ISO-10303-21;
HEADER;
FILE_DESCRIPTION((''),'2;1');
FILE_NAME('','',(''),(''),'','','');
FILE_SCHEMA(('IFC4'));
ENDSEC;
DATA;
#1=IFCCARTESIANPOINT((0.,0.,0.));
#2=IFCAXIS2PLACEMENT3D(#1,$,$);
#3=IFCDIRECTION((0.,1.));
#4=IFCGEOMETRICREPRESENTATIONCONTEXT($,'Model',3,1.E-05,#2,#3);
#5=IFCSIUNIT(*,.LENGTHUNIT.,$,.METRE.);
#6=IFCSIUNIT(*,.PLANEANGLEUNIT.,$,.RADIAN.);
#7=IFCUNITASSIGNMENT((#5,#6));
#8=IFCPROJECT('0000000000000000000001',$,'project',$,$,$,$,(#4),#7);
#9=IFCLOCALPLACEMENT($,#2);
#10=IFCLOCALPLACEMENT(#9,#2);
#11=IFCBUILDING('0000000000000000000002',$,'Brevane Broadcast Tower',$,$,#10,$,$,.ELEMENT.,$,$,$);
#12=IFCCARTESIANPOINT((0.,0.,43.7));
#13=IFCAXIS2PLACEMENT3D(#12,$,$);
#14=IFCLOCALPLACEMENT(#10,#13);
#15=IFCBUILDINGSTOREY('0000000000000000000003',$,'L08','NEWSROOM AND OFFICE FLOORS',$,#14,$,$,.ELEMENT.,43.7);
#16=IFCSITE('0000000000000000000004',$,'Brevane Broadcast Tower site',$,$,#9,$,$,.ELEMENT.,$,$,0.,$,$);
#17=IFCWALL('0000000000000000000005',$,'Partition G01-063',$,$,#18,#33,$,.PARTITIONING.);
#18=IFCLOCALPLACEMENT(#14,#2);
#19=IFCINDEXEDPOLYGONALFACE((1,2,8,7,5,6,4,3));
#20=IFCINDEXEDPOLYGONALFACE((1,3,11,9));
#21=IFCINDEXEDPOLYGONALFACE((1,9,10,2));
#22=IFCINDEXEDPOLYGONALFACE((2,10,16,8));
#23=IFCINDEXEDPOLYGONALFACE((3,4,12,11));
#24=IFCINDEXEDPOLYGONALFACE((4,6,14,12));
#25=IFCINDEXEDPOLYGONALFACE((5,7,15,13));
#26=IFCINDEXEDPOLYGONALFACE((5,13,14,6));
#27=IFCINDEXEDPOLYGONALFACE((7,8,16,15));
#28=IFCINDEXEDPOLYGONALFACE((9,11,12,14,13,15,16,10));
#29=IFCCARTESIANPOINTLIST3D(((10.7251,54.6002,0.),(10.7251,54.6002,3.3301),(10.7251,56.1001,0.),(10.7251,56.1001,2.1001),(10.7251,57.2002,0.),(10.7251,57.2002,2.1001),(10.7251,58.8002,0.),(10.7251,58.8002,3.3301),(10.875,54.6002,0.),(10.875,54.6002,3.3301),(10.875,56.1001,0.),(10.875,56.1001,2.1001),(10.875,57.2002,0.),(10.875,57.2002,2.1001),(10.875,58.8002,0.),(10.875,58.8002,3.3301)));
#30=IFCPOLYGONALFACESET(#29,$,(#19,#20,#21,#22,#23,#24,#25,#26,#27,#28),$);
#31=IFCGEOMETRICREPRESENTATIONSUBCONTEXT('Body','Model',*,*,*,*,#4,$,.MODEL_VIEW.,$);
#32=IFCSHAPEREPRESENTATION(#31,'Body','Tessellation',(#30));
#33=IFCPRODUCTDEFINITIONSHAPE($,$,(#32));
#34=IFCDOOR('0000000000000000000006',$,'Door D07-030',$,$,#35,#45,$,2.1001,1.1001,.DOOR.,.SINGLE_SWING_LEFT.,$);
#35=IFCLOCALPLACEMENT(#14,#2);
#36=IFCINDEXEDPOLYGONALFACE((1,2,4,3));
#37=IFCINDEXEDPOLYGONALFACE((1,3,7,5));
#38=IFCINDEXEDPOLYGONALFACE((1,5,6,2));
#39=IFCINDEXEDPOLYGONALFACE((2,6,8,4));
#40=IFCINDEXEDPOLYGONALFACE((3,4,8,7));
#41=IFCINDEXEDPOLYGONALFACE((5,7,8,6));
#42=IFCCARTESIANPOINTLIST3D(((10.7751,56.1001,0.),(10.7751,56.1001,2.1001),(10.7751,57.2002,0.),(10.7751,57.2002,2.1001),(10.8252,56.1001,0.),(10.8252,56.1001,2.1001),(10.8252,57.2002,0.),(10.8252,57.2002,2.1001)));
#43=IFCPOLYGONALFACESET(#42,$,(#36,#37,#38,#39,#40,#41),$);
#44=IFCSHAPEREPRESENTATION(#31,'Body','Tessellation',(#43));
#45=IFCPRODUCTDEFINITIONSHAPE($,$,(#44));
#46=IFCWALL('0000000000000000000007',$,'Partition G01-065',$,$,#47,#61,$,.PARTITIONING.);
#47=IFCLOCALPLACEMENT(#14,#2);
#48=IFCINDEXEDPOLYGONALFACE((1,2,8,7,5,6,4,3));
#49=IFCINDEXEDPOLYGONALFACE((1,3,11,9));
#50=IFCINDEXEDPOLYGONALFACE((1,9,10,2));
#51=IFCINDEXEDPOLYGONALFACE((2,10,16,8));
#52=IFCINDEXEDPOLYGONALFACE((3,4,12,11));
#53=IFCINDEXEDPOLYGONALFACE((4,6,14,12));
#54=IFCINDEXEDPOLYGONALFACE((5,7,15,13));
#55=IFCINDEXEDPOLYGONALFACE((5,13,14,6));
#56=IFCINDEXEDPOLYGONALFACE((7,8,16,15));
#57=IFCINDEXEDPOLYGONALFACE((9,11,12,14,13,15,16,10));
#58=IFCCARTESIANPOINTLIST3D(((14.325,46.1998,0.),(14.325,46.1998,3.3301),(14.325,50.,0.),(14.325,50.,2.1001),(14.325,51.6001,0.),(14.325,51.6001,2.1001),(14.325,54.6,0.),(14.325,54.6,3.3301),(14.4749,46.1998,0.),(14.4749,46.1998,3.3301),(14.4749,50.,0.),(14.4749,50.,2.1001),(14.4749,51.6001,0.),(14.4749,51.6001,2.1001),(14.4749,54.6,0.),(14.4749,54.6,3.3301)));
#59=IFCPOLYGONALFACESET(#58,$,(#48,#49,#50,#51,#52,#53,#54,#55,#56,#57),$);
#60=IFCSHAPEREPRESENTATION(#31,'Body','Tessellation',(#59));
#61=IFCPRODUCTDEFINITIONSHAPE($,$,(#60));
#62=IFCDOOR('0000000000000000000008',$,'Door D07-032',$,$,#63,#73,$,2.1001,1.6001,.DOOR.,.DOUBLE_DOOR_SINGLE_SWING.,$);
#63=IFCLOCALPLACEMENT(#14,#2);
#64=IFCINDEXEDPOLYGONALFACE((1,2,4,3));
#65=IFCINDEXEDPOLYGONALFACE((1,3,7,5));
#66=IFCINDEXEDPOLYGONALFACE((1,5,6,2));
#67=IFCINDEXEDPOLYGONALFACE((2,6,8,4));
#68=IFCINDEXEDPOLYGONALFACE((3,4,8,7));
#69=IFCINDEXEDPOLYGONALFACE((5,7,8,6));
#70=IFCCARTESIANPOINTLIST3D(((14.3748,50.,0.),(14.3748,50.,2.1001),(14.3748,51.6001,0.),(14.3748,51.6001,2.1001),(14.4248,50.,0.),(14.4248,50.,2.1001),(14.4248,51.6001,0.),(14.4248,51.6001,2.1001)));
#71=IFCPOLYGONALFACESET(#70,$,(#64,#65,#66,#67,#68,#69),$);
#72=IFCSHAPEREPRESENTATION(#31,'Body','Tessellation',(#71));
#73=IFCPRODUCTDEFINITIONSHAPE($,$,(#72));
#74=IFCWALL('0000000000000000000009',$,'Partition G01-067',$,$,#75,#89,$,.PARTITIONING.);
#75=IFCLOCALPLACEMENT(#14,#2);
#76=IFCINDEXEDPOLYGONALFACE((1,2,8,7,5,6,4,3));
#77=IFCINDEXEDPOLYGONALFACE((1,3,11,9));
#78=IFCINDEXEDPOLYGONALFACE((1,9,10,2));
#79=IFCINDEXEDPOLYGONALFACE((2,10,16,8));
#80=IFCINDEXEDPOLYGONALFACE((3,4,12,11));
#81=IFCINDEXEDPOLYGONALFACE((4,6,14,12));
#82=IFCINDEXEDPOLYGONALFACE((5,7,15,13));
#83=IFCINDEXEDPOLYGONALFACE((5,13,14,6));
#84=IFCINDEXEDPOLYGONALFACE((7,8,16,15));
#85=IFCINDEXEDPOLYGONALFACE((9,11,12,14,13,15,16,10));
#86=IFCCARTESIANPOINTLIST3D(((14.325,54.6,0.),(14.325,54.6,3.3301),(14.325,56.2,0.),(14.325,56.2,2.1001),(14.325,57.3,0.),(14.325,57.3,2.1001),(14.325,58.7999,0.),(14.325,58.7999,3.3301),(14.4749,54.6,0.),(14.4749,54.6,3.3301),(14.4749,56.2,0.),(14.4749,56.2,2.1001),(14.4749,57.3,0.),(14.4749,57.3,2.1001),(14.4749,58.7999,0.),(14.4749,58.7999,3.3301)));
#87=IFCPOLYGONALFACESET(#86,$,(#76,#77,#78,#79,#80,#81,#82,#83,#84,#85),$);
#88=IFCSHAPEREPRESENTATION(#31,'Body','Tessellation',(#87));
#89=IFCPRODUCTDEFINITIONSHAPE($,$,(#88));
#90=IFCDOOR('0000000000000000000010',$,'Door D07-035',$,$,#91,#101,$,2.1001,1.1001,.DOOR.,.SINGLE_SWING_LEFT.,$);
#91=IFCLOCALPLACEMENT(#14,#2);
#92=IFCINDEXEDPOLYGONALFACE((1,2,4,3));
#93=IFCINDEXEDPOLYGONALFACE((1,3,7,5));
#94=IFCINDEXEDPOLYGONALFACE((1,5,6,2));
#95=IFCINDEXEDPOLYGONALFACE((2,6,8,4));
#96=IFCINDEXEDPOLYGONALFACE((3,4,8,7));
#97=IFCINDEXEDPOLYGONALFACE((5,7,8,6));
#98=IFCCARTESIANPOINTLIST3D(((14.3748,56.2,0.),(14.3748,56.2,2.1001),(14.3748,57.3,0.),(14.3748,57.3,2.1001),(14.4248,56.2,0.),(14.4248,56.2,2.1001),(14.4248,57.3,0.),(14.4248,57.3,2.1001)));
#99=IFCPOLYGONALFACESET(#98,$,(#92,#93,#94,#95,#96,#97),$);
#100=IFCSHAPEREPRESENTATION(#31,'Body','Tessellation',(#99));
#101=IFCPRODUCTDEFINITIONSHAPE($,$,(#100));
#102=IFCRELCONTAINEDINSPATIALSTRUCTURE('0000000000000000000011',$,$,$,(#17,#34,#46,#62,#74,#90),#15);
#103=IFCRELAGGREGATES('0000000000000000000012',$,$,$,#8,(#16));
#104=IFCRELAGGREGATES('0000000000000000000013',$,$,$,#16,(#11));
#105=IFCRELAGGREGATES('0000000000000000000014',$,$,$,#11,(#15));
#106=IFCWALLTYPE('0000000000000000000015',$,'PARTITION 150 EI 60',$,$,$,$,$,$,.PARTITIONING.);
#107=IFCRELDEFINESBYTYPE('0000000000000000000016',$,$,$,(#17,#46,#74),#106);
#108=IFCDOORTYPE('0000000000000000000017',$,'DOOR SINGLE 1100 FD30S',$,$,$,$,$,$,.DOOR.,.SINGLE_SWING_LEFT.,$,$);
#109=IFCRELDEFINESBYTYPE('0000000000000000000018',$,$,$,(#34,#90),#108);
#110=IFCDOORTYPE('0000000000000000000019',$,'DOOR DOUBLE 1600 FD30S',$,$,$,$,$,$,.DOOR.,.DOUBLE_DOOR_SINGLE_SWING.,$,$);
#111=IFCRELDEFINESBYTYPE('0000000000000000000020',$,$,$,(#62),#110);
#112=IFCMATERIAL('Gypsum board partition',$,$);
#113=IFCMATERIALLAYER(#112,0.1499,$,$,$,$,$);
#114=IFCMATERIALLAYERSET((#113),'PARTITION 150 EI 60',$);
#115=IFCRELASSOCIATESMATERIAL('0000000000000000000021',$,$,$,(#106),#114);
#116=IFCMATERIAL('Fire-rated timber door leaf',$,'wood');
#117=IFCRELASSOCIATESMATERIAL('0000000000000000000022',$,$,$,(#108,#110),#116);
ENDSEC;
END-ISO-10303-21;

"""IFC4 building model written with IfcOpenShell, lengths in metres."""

from ifc_helpers import new_model, si_unit, direction, frame, frame_2d, origin, place, context, subcontext, project, spatial, rectangle, extrude, material, layer, layer_set, type_object, element, fill, save


model = new_model("IFC4")

# Units and contexts
model_context = context("Model", 3, precision=1e-05, world=origin(), true_north=direction((0.0, 1.0)))
body_context = subcontext(model_context, "Body", "Model", "MODEL_VIEW")
ifc_project = project(units=[si_unit("LENGTHUNIT", "METRE"), si_unit("PLANEANGLEUNIT", "RADIAN")], contexts=[model_context])

# Site, building, storey
site_placement = place(None, origin())
site = spatial("IfcSite", under=ifc_project, at=site_placement, Name="Brevane Broadcast Tower site", CompositionType="ELEMENT", RefElevation=0.0)
building_placement = place(site_placement, origin())
building = spatial("IfcBuilding", under=site, at=building_placement, Name="Brevane Broadcast Tower", CompositionType="ELEMENT")
storey_placement = place(building_placement, frame((0.0, 0.0, 43.7)))
storey = spatial("IfcBuildingStorey", under=building, at=storey_placement, Name="L08", Description="NEWSROOM AND OFFICE FLOORS", CompositionType="ELEMENT", Elevation=43.7)

# Shared definitions
ifc_material_1 = material(Name="Gypsum board partition")

# Walls, openings, doors
ifc_layer_1 = layer(ifc_material_1, 0.1499)
ifc_layer_set_1 = layer_set([ifc_layer_1], Name="PARTITION 150 EI 60")
wall_type_1 = type_object("IfcWallType", Name="PARTITION 150 EI 60", PredefinedType="PARTITIONING", material=ifc_layer_set_1)
ifc_material_2 = material(Name="Fire-rated timber door leaf", Category="wood")
wall_1_placement = place(storey_placement, frame((10.8, 54.6001, 0.0), z_axis=(0.0, 0.0, 1.0), x_axis=(0.0, 1.0, 0.0)))
wall_1 = element("IfcWall", 1, at=wall_1_placement, inside=storey, type_object=wall_type_1, Name="Partition G01-063", PredefinedType="PARTITIONING", context=body_context, shape_type="SweptSolid", body=[
    extrude(rectangle(XDim=4.2, YDim=0.1499, at=frame_2d((2.1001, 0.0))), origin(), (0.0, 0.0, 1.0), 3.3301),
])
opening_1_placement = place(wall_1_placement, frame((1.5, 0.0, 0.0)))
opening_1 = element("IfcOpeningElement", 2, at=opening_1_placement, cuts=wall_1, PredefinedType="OPENING", context=body_context, shape_type="SweptSolid", body=[
    extrude(rectangle(XDim=1.1001, YDim=2.1001, at=frame_2d((0.55, 1.05))), frame((0.0, 0.085, 0.0), z_axis=(0.0, -1.0, 0.0), x_axis=(1.0, 0.0, 0.0)), (0.0, 0.0, 1.0), 0.1699),
])
door_type_1 = type_object("IfcDoorType", Name="DOOR SINGLE 1100 FD30S", OperationType="SINGLE_SWING_LEFT", PredefinedType="DOOR", material=ifc_material_2)
door_1_placement = place(opening_1_placement, origin())
door_1 = element("IfcDoor", 3, at=door_1_placement, inside=storey, type_object=door_type_1, Name="Door D07-030", OperationType="SINGLE_SWING_LEFT", OverallHeight=2.1001, OverallWidth=1.1001, PredefinedType="DOOR", context=body_context, shape_type="SweptSolid", body=[
    extrude(rectangle(XDim=1.1001, YDim=2.1001, at=frame_2d((0.55, 1.05))), frame((0.0, 0.0249, 0.0), z_axis=(0.0, -1.0, 0.0), x_axis=(1.0, 0.0, 0.0)), (0.0, 0.0, 1.0), 0.05),
])
fill(opening_1, door_1)
wall_2_placement = place(storey_placement, frame((14.3999, 54.6001, 0.0), z_axis=(0.0, 0.0, 1.0), x_axis=(0.0, -1.0, 0.0)))
wall_2 = element("IfcWall", 4, at=wall_2_placement, inside=storey, type_object=wall_type_1, Name="Partition G01-065", PredefinedType="PARTITIONING", context=body_context, shape_type="SweptSolid", body=[
    extrude(rectangle(XDim=8.4001, YDim=0.1499, at=frame_2d((4.2002, 0.0))), origin(), (0.0, 0.0, 1.0), 3.3301),
])
opening_2_placement = place(wall_2_placement, frame((3.0, 0.0, 0.0)))
opening_2 = element("IfcOpeningElement", 5, at=opening_2_placement, cuts=wall_2, PredefinedType="OPENING", context=body_context, shape_type="SweptSolid", body=[
    extrude(rectangle(XDim=1.6001, YDim=2.1001, at=frame_2d((0.8, 1.05))), frame((0.0, 0.085, 0.0), z_axis=(0.0, -1.0, 0.0), x_axis=(1.0, 0.0, 0.0)), (0.0, 0.0, 1.0), 0.1699),
])
door_type_2 = type_object("IfcDoorType", Name="DOOR DOUBLE 1600 FD30S", OperationType="DOUBLE_DOOR_SINGLE_SWING", PredefinedType="DOOR", material=ifc_material_2)
door_2_placement = place(opening_2_placement, origin())
door_2 = element("IfcDoor", 6, at=door_2_placement, inside=storey, type_object=door_type_2, Name="Door D07-032", OperationType="DOUBLE_DOOR_SINGLE_SWING", OverallHeight=2.1001, OverallWidth=1.6001, PredefinedType="DOOR", context=body_context, shape_type="SweptSolid", body=[
    extrude(rectangle(XDim=1.6001, YDim=2.1001, at=frame_2d((0.8, 1.05))), frame((0.0, 0.0249, 0.0), z_axis=(0.0, -1.0, 0.0), x_axis=(1.0, 0.0, 0.0)), (0.0, 0.0, 1.0), 0.05),
])
fill(opening_2, door_2)
wall_3_placement = place(storey_placement, frame((14.3999, 58.8, 0.0), z_axis=(0.0, 0.0, 1.0), x_axis=(0.0, -1.0, 0.0)))
wall_3 = element("IfcWall", 7, at=wall_3_placement, inside=storey, type_object=wall_type_1, Name="Partition G01-067", PredefinedType="PARTITIONING", context=body_context, shape_type="SweptSolid", body=[
    extrude(rectangle(XDim=4.2, YDim=0.1499, at=frame_2d((2.1001, 0.0))), origin(), (0.0, 0.0, 1.0), 3.3301),
])
opening_3_placement = place(wall_3_placement, frame((1.5, 0.0, 0.0)))
opening_3 = element("IfcOpeningElement", 8, at=opening_3_placement, cuts=wall_3, PredefinedType="OPENING", context=body_context, shape_type="SweptSolid", body=[
    extrude(rectangle(XDim=1.1001, YDim=2.1001, at=frame_2d((0.55, 1.05))), frame((0.0, 0.085, 0.0), z_axis=(0.0, -1.0, 0.0), x_axis=(1.0, 0.0, 0.0)), (0.0, 0.0, 1.0), 0.1699),
])
door_3_placement = place(opening_3_placement, origin())
door_3 = element("IfcDoor", 9, at=door_3_placement, inside=storey, type_object=door_type_1, Name="Door D07-035", OperationType="SINGLE_SWING_LEFT", OverallHeight=2.1001, OverallWidth=1.1001, PredefinedType="DOOR", context=body_context, shape_type="SweptSolid", body=[
    extrude(rectangle(XDim=1.1001, YDim=2.1001, at=frame_2d((0.55, 1.05))), frame((0.0, 0.0249, 0.0), z_axis=(0.0, -1.0, 0.0), x_axis=(1.0, 0.0, 0.0)), (0.0, 0.0, 1.0), 0.05),
])
fill(opening_3, door_3)

save(model, "model.ifc")
